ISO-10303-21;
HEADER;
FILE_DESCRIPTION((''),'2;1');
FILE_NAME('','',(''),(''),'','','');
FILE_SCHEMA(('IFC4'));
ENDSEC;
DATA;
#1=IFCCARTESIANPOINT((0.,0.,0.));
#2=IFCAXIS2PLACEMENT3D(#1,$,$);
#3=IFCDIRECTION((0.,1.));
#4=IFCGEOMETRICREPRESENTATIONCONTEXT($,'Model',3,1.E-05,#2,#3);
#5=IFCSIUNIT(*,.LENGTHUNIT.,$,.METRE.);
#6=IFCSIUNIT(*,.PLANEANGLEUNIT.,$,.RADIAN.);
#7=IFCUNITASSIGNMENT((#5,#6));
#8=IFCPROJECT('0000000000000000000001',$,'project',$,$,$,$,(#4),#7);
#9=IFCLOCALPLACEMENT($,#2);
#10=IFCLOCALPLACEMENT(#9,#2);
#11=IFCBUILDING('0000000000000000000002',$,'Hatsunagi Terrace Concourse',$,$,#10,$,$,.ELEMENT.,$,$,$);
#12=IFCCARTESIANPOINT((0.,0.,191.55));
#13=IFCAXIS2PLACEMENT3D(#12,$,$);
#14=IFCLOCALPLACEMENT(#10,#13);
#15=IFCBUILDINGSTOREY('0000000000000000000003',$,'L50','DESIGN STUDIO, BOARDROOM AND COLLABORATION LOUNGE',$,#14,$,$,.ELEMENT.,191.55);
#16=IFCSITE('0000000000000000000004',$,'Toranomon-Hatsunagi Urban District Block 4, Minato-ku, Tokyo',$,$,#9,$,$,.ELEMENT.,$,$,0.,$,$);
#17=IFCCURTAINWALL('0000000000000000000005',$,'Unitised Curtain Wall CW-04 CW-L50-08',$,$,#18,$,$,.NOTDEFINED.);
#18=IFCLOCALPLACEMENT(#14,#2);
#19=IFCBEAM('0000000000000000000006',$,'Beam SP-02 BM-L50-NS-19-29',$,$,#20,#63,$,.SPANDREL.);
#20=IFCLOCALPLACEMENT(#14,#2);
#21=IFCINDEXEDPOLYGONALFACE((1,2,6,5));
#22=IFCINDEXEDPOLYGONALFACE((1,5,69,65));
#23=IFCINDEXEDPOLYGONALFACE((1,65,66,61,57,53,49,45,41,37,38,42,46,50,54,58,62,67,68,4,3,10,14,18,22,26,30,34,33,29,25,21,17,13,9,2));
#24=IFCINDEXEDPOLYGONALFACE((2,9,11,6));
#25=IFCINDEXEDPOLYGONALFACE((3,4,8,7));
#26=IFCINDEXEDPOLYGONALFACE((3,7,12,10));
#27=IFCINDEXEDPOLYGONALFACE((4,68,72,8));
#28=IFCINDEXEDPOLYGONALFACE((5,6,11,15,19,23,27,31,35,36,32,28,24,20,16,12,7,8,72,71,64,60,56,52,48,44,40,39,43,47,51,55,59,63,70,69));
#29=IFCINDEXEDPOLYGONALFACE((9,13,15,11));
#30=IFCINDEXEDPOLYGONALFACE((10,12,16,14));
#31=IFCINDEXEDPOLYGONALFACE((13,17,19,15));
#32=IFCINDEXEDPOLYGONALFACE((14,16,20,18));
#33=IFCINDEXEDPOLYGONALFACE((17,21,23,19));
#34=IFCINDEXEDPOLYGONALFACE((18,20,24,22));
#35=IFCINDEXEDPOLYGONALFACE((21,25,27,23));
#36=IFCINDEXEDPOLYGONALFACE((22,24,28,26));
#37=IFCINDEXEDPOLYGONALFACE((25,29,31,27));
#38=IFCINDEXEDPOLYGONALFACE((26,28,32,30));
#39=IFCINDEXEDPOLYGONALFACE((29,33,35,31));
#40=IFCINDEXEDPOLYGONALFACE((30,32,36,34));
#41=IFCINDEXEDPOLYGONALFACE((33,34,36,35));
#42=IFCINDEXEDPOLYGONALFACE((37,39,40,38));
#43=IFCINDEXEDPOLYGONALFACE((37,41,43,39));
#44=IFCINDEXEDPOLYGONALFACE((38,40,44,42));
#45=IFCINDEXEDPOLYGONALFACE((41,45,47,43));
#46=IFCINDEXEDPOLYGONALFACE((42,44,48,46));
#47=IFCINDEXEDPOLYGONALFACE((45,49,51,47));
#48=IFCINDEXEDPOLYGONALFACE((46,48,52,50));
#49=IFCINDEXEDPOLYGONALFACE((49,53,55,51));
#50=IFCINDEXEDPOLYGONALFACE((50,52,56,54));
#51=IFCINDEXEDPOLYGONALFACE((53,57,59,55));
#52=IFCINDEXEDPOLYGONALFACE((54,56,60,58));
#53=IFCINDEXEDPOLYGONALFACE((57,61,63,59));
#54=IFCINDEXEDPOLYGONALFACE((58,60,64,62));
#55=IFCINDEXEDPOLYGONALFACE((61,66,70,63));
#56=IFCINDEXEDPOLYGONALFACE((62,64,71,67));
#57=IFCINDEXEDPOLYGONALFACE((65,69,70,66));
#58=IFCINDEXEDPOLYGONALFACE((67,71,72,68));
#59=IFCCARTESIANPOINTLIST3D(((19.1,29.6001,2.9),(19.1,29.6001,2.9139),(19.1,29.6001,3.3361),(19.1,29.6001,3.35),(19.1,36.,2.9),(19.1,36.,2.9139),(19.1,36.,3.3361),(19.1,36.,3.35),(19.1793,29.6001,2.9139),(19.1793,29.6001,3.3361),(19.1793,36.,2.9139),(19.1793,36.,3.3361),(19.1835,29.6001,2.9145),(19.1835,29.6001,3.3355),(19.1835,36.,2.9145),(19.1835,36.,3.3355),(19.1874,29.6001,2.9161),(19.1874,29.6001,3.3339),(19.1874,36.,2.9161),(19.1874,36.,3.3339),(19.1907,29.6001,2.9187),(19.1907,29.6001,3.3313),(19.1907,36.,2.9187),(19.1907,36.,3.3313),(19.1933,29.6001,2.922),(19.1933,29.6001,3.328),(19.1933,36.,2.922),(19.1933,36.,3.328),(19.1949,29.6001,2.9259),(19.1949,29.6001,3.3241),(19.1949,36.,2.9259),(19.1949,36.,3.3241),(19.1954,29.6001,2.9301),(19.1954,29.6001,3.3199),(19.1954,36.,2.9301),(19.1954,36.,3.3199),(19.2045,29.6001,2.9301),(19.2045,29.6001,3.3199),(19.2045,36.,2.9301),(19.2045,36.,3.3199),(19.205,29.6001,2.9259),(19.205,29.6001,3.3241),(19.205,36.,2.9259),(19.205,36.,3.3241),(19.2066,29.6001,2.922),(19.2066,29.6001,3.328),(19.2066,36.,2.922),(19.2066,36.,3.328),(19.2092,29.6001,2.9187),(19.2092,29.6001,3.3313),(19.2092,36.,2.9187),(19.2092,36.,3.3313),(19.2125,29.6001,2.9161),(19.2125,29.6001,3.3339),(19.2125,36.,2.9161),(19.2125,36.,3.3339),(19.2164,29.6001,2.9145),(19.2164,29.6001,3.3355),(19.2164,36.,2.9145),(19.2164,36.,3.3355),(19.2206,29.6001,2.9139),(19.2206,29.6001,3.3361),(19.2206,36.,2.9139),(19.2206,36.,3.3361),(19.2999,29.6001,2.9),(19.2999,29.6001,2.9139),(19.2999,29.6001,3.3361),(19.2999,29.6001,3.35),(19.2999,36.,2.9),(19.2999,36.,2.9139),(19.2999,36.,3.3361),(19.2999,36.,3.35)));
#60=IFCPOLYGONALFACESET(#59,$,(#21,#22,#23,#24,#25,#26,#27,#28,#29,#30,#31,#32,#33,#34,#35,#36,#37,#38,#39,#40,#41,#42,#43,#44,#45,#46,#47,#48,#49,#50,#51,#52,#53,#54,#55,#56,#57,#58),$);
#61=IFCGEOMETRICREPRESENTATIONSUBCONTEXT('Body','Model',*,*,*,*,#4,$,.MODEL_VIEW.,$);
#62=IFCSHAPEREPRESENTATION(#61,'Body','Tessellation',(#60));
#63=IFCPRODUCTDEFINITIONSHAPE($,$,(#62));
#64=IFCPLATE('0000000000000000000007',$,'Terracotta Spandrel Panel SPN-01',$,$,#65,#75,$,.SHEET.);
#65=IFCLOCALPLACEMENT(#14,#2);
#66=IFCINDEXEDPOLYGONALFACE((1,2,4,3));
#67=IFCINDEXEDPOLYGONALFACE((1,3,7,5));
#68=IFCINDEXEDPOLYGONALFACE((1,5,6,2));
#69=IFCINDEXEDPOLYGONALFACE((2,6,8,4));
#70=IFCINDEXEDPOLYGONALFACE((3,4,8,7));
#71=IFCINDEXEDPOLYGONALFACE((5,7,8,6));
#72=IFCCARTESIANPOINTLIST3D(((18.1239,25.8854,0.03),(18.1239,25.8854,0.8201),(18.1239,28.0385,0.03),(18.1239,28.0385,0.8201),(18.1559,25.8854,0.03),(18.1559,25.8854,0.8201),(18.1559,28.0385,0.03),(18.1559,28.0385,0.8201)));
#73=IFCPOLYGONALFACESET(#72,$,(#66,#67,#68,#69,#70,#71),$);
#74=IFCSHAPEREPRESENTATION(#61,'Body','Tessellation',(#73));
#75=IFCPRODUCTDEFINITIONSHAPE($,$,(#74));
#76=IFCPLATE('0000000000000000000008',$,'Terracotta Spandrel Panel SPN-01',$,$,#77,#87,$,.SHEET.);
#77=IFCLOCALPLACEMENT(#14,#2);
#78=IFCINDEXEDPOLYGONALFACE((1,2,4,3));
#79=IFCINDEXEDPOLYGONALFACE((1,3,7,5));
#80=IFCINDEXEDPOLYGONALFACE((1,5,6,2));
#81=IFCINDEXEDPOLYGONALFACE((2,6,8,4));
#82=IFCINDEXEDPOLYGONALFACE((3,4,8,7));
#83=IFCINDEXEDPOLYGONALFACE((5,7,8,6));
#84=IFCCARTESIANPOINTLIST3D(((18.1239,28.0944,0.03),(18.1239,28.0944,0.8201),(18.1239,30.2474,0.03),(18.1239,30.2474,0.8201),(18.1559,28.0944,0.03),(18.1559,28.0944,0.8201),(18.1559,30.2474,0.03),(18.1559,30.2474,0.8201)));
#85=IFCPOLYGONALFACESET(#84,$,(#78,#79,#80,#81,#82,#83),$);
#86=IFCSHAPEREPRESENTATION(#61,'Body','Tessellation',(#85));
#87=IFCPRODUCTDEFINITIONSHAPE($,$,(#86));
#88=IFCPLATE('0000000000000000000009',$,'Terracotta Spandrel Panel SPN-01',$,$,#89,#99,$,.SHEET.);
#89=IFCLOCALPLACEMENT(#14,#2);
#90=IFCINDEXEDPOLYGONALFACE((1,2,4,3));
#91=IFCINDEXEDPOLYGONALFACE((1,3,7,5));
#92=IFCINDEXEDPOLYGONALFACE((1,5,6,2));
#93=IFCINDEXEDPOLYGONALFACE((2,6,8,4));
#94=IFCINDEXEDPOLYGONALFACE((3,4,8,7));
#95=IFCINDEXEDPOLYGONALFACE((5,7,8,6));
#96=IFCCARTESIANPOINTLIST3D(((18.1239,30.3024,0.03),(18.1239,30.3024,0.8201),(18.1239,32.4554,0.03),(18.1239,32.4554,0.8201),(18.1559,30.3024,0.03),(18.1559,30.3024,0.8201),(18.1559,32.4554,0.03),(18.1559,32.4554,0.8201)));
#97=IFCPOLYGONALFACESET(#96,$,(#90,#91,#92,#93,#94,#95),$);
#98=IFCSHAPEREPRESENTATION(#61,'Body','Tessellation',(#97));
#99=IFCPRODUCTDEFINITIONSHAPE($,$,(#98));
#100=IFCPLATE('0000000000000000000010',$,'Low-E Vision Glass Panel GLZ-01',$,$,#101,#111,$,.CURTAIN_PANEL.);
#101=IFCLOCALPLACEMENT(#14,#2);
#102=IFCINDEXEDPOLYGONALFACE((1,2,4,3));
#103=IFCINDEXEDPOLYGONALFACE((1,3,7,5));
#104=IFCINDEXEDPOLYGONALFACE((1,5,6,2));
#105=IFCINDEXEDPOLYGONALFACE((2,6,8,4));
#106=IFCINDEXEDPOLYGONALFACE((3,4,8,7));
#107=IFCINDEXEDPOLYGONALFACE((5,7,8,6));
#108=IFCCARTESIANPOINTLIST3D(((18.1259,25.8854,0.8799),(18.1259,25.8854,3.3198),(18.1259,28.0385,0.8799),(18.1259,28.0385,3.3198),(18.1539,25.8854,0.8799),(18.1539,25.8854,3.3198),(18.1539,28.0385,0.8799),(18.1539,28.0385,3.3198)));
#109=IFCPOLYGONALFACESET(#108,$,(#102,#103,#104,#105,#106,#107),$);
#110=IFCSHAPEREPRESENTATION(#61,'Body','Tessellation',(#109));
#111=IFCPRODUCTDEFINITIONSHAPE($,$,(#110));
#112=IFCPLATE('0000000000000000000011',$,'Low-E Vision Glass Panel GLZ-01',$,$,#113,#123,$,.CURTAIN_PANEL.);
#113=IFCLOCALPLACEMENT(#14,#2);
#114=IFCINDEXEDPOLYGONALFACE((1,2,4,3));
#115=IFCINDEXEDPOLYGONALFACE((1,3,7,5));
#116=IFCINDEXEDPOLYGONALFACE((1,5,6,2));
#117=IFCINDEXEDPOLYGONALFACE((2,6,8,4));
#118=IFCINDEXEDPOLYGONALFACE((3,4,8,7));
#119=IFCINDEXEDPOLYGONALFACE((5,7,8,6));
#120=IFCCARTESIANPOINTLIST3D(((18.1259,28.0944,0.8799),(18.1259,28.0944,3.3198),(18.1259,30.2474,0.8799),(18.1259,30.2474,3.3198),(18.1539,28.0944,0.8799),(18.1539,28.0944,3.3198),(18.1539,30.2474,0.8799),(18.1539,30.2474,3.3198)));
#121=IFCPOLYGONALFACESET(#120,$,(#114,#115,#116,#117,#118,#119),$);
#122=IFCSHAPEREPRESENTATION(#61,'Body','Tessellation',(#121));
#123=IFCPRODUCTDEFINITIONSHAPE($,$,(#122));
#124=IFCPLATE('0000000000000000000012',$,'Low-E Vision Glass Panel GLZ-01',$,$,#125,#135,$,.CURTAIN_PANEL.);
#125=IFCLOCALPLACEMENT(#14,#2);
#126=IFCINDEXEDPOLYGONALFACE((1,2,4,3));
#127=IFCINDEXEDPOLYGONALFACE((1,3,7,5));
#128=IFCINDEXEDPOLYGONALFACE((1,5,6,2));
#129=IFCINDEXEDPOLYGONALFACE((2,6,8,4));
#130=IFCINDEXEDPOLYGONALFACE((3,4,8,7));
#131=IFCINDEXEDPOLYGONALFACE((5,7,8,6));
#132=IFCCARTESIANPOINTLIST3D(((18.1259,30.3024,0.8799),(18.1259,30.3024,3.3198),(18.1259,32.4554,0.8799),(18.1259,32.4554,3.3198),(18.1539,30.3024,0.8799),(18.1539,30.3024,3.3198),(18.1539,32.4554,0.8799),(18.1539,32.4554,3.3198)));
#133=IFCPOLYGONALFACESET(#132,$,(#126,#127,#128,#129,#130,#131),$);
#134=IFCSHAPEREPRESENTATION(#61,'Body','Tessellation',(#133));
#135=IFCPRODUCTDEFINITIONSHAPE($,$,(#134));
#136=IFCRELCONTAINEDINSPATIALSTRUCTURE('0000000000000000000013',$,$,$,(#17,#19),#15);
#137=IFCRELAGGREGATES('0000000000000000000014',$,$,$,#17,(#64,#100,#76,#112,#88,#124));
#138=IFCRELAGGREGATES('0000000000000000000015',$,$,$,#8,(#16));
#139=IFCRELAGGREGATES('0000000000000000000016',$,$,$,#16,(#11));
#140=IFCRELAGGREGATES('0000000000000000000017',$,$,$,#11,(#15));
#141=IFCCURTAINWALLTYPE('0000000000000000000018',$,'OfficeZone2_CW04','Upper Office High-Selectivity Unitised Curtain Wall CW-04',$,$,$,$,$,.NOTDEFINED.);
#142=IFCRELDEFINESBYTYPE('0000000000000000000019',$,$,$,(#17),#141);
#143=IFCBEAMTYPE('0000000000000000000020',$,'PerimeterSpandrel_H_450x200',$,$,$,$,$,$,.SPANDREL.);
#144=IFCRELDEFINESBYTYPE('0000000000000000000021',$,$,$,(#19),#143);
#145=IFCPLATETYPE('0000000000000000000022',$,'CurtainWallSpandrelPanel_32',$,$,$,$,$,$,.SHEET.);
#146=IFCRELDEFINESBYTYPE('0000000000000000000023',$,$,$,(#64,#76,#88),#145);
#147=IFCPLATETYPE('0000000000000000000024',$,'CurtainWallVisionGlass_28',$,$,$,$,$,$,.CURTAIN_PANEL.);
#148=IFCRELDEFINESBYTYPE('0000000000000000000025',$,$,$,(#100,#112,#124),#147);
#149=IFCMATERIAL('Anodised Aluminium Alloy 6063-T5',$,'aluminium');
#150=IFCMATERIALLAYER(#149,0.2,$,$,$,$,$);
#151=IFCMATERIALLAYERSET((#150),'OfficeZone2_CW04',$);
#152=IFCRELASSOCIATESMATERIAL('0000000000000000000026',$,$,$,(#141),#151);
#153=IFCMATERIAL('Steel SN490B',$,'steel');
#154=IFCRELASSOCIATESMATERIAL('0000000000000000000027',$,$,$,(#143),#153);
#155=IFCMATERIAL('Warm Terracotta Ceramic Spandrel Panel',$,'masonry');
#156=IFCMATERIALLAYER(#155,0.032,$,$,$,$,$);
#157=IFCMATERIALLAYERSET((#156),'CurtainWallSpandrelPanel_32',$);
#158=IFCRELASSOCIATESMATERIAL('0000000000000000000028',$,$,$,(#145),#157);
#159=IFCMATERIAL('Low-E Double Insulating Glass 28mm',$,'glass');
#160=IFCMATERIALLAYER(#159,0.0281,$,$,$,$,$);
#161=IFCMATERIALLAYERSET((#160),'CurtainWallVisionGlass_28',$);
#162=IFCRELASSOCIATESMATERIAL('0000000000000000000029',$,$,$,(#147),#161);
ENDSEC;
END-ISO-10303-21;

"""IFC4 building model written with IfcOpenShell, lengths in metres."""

from ifc_helpers import new_model, si_unit, direction, frame, origin, origin_2d, place, context, subcontext, project, spatial, rectangle, i_section, extrude, material, layer, layer_set, material_profile, profile_set, type_object, element, aggregate, save


model = new_model("IFC4")

# Units and contexts
model_context = context("Model", 3, precision=1e-05, world=origin(), true_north=direction((0.0, 1.0)))
body_context = subcontext(model_context, "Body", "Model", "MODEL_VIEW")
ifc_project = project(units=[si_unit("LENGTHUNIT", "METRE"), si_unit("PLANEANGLEUNIT", "RADIAN")], contexts=[model_context])

# Site, building, storey
site_placement = place(None, origin())
site = spatial("IfcSite", under=ifc_project, at=site_placement, Name="Toranomon-Hatsunagi Urban District Block 4, Minato-ku, Tokyo", CompositionType="ELEMENT", RefElevation=0.0)
building_placement = place(site_placement, origin())
building = spatial("IfcBuilding", under=site, at=building_placement, Name="Hatsunagi Terrace Concourse", CompositionType="ELEMENT")
storey_placement = place(building_placement, frame((0.0, 0.0, 191.55)))
storey = spatial("IfcBuildingStorey", under=building, at=storey_placement, Name="L50", Description="DESIGN STUDIO, BOARDROOM AND COLLABORATION LOUNGE", CompositionType="ELEMENT", Elevation=191.55)

# Curtain wall
ifc_material_1 = material(Name="Anodised Aluminium Alloy 6063-T5", Category="aluminium")
ifc_layer_1 = layer(ifc_material_1, 0.2)
ifc_layer_set_1 = layer_set([ifc_layer_1], Name="OfficeZone2_CW04")
curtain_wall_type = type_object("IfcCurtainWallType", Name="OfficeZone2_CW04", Description="Upper Office High-Selectivity Unitised Curtain Wall CW-04", PredefinedType="NOTDEFINED", material=ifc_layer_set_1)
curtain_wall_placement = place(storey_placement, origin())
curtain_wall = element("IfcCurtainWall", 1, at=curtain_wall_placement, inside=storey, type_object=curtain_wall_type, Name="Unitised Curtain Wall CW-04 CW-L50-08", PredefinedType="NOTDEFINED")

# Beam
ifc_material_2 = material(Name="Steel SN490B", Category="steel")
ifc_material_profile_1 = material_profile(ifc_material_2, i_section(OverallWidth=0.2, OverallDepth=0.45, WebThickness=0.009, FlangeThickness=0.0139, FilletRadius=0.0161, at=origin_2d()), Name="H-450x200x9x14")
ifc_profile_set_1 = profile_set([ifc_material_profile_1], Name="Steel SN490B")
beam_type_1 = type_object("IfcBeamType", Name="PerimeterSpandrel_H_450x200", PredefinedType="SPANDREL", material=ifc_profile_set_1)
beam_1_placement = place(storey_placement, frame((19.2, 29.6001, 3.125), z_axis=(0.0, 1.0, 0.0), x_axis=(-1.0, 0.0, 0.0)))
element("IfcBeam", 2, at=beam_1_placement, inside=storey, type_object=beam_type_1, Name="Beam SP-02 BM-L50-NS-19-29", PredefinedType="SPANDREL", context=body_context, shape_type="SweptSolid", body=[
    extrude(i_section(OverallWidth=0.2, OverallDepth=0.45, WebThickness=0.009, FlangeThickness=0.0139, FilletRadius=0.0161, at=origin_2d()), origin(), (0.0, 0.0, 1.0), 6.3999),
])

# Plates
ifc_material_3 = material(Name="Warm Terracotta Ceramic Spandrel Panel", Category="masonry")
ifc_layer_2 = layer(ifc_material_3, 0.032)
ifc_layer_set_2 = layer_set([ifc_layer_2], Name="CurtainWallSpandrelPanel_32")
plate_type_1 = type_object("IfcPlateType", Name="CurtainWallSpandrelPanel_32", PredefinedType="SHEET", material=ifc_layer_set_2)
plate_1_placement = place(storey_placement, frame((18.1399, 26.9619, 0.03), z_axis=(0.0, 0.0, 1.0), x_axis=(0.0, 1.0, 0.0)))
plate_1 = element("IfcPlate", 3, at=plate_1_placement, type_object=plate_type_1, Name="Terracotta Spandrel Panel SPN-01", PredefinedType="SHEET", context=body_context, shape_type="SweptSolid", body=[
    extrude(rectangle(XDim=2.1531, YDim=0.032, at=origin_2d()), origin(), (0.0, 0.0, 1.0), 0.79),
])
plate_2_placement = place(storey_placement, frame((18.1399, 29.1709, 0.03), z_axis=(0.0, 0.0, 1.0), x_axis=(0.0, 1.0, 0.0)))
plate_2 = element("IfcPlate", 4, at=plate_2_placement, type_object=plate_type_1, Name="Terracotta Spandrel Panel SPN-01", PredefinedType="SHEET", context=body_context, shape_type="SweptSolid", body=[
    extrude(rectangle(XDim=2.1531, YDim=0.032, at=origin_2d()), origin(), (0.0, 0.0, 1.0), 0.79),
])
plate_3_placement = place(storey_placement, frame((18.1399, 31.3789, 0.03), z_axis=(0.0, 0.0, 1.0), x_axis=(0.0, 1.0, 0.0)))
plate_3 = element("IfcPlate", 5, at=plate_3_placement, type_object=plate_type_1, Name="Terracotta Spandrel Panel SPN-01", PredefinedType="SHEET", context=body_context, shape_type="SweptSolid", body=[
    extrude(rectangle(XDim=2.1531, YDim=0.032, at=origin_2d()), origin(), (0.0, 0.0, 1.0), 0.79),
])
ifc_material_4 = material(Name="Low-E Double Insulating Glass 28mm", Category="glass")
ifc_layer_3 = layer(ifc_material_4, 0.0281)
ifc_layer_set_3 = layer_set([ifc_layer_3], Name="CurtainWallVisionGlass_28")
plate_type_2 = type_object("IfcPlateType", Name="CurtainWallVisionGlass_28", PredefinedType="CURTAIN_PANEL", material=ifc_layer_set_3)
plate_4_placement = place(storey_placement, frame((18.1399, 26.9619, 0.8799), z_axis=(0.0, 0.0, 1.0), x_axis=(0.0, 1.0, 0.0)))
plate_4 = element("IfcPlate", 6, at=plate_4_placement, type_object=plate_type_2, Name="Low-E Vision Glass Panel GLZ-01", PredefinedType="CURTAIN_PANEL", context=body_context, shape_type="SweptSolid", body=[
    extrude(rectangle(XDim=2.1531, YDim=0.0281, at=origin_2d()), origin(), (0.0, 0.0, 1.0), 2.4399),
])
plate_5_placement = place(storey_placement, frame((18.1399, 29.1709, 0.8799), z_axis=(0.0, 0.0, 1.0), x_axis=(0.0, 1.0, 0.0)))
plate_5 = element("IfcPlate", 7, at=plate_5_placement, type_object=plate_type_2, Name="Low-E Vision Glass Panel GLZ-01", PredefinedType="CURTAIN_PANEL", context=body_context, shape_type="SweptSolid", body=[
    extrude(rectangle(XDim=2.1531, YDim=0.0281, at=origin_2d()), origin(), (0.0, 0.0, 1.0), 2.4399),
])
plate_6_placement = place(storey_placement, frame((18.1399, 31.3789, 0.8799), z_axis=(0.0, 0.0, 1.0), x_axis=(0.0, 1.0, 0.0)))
plate_6 = element("IfcPlate", 8, at=plate_6_placement, type_object=plate_type_2, Name="Low-E Vision Glass Panel GLZ-01", PredefinedType="CURTAIN_PANEL", context=body_context, shape_type="SweptSolid", body=[
    extrude(rectangle(XDim=2.1531, YDim=0.0281, at=origin_2d()), origin(), (0.0, 0.0, 1.0), 2.4399),
])
aggregate(curtain_wall, [plate_1, plate_4, plate_2, plate_5, plate_3, plate_6])

save(model, "model.ifc")
